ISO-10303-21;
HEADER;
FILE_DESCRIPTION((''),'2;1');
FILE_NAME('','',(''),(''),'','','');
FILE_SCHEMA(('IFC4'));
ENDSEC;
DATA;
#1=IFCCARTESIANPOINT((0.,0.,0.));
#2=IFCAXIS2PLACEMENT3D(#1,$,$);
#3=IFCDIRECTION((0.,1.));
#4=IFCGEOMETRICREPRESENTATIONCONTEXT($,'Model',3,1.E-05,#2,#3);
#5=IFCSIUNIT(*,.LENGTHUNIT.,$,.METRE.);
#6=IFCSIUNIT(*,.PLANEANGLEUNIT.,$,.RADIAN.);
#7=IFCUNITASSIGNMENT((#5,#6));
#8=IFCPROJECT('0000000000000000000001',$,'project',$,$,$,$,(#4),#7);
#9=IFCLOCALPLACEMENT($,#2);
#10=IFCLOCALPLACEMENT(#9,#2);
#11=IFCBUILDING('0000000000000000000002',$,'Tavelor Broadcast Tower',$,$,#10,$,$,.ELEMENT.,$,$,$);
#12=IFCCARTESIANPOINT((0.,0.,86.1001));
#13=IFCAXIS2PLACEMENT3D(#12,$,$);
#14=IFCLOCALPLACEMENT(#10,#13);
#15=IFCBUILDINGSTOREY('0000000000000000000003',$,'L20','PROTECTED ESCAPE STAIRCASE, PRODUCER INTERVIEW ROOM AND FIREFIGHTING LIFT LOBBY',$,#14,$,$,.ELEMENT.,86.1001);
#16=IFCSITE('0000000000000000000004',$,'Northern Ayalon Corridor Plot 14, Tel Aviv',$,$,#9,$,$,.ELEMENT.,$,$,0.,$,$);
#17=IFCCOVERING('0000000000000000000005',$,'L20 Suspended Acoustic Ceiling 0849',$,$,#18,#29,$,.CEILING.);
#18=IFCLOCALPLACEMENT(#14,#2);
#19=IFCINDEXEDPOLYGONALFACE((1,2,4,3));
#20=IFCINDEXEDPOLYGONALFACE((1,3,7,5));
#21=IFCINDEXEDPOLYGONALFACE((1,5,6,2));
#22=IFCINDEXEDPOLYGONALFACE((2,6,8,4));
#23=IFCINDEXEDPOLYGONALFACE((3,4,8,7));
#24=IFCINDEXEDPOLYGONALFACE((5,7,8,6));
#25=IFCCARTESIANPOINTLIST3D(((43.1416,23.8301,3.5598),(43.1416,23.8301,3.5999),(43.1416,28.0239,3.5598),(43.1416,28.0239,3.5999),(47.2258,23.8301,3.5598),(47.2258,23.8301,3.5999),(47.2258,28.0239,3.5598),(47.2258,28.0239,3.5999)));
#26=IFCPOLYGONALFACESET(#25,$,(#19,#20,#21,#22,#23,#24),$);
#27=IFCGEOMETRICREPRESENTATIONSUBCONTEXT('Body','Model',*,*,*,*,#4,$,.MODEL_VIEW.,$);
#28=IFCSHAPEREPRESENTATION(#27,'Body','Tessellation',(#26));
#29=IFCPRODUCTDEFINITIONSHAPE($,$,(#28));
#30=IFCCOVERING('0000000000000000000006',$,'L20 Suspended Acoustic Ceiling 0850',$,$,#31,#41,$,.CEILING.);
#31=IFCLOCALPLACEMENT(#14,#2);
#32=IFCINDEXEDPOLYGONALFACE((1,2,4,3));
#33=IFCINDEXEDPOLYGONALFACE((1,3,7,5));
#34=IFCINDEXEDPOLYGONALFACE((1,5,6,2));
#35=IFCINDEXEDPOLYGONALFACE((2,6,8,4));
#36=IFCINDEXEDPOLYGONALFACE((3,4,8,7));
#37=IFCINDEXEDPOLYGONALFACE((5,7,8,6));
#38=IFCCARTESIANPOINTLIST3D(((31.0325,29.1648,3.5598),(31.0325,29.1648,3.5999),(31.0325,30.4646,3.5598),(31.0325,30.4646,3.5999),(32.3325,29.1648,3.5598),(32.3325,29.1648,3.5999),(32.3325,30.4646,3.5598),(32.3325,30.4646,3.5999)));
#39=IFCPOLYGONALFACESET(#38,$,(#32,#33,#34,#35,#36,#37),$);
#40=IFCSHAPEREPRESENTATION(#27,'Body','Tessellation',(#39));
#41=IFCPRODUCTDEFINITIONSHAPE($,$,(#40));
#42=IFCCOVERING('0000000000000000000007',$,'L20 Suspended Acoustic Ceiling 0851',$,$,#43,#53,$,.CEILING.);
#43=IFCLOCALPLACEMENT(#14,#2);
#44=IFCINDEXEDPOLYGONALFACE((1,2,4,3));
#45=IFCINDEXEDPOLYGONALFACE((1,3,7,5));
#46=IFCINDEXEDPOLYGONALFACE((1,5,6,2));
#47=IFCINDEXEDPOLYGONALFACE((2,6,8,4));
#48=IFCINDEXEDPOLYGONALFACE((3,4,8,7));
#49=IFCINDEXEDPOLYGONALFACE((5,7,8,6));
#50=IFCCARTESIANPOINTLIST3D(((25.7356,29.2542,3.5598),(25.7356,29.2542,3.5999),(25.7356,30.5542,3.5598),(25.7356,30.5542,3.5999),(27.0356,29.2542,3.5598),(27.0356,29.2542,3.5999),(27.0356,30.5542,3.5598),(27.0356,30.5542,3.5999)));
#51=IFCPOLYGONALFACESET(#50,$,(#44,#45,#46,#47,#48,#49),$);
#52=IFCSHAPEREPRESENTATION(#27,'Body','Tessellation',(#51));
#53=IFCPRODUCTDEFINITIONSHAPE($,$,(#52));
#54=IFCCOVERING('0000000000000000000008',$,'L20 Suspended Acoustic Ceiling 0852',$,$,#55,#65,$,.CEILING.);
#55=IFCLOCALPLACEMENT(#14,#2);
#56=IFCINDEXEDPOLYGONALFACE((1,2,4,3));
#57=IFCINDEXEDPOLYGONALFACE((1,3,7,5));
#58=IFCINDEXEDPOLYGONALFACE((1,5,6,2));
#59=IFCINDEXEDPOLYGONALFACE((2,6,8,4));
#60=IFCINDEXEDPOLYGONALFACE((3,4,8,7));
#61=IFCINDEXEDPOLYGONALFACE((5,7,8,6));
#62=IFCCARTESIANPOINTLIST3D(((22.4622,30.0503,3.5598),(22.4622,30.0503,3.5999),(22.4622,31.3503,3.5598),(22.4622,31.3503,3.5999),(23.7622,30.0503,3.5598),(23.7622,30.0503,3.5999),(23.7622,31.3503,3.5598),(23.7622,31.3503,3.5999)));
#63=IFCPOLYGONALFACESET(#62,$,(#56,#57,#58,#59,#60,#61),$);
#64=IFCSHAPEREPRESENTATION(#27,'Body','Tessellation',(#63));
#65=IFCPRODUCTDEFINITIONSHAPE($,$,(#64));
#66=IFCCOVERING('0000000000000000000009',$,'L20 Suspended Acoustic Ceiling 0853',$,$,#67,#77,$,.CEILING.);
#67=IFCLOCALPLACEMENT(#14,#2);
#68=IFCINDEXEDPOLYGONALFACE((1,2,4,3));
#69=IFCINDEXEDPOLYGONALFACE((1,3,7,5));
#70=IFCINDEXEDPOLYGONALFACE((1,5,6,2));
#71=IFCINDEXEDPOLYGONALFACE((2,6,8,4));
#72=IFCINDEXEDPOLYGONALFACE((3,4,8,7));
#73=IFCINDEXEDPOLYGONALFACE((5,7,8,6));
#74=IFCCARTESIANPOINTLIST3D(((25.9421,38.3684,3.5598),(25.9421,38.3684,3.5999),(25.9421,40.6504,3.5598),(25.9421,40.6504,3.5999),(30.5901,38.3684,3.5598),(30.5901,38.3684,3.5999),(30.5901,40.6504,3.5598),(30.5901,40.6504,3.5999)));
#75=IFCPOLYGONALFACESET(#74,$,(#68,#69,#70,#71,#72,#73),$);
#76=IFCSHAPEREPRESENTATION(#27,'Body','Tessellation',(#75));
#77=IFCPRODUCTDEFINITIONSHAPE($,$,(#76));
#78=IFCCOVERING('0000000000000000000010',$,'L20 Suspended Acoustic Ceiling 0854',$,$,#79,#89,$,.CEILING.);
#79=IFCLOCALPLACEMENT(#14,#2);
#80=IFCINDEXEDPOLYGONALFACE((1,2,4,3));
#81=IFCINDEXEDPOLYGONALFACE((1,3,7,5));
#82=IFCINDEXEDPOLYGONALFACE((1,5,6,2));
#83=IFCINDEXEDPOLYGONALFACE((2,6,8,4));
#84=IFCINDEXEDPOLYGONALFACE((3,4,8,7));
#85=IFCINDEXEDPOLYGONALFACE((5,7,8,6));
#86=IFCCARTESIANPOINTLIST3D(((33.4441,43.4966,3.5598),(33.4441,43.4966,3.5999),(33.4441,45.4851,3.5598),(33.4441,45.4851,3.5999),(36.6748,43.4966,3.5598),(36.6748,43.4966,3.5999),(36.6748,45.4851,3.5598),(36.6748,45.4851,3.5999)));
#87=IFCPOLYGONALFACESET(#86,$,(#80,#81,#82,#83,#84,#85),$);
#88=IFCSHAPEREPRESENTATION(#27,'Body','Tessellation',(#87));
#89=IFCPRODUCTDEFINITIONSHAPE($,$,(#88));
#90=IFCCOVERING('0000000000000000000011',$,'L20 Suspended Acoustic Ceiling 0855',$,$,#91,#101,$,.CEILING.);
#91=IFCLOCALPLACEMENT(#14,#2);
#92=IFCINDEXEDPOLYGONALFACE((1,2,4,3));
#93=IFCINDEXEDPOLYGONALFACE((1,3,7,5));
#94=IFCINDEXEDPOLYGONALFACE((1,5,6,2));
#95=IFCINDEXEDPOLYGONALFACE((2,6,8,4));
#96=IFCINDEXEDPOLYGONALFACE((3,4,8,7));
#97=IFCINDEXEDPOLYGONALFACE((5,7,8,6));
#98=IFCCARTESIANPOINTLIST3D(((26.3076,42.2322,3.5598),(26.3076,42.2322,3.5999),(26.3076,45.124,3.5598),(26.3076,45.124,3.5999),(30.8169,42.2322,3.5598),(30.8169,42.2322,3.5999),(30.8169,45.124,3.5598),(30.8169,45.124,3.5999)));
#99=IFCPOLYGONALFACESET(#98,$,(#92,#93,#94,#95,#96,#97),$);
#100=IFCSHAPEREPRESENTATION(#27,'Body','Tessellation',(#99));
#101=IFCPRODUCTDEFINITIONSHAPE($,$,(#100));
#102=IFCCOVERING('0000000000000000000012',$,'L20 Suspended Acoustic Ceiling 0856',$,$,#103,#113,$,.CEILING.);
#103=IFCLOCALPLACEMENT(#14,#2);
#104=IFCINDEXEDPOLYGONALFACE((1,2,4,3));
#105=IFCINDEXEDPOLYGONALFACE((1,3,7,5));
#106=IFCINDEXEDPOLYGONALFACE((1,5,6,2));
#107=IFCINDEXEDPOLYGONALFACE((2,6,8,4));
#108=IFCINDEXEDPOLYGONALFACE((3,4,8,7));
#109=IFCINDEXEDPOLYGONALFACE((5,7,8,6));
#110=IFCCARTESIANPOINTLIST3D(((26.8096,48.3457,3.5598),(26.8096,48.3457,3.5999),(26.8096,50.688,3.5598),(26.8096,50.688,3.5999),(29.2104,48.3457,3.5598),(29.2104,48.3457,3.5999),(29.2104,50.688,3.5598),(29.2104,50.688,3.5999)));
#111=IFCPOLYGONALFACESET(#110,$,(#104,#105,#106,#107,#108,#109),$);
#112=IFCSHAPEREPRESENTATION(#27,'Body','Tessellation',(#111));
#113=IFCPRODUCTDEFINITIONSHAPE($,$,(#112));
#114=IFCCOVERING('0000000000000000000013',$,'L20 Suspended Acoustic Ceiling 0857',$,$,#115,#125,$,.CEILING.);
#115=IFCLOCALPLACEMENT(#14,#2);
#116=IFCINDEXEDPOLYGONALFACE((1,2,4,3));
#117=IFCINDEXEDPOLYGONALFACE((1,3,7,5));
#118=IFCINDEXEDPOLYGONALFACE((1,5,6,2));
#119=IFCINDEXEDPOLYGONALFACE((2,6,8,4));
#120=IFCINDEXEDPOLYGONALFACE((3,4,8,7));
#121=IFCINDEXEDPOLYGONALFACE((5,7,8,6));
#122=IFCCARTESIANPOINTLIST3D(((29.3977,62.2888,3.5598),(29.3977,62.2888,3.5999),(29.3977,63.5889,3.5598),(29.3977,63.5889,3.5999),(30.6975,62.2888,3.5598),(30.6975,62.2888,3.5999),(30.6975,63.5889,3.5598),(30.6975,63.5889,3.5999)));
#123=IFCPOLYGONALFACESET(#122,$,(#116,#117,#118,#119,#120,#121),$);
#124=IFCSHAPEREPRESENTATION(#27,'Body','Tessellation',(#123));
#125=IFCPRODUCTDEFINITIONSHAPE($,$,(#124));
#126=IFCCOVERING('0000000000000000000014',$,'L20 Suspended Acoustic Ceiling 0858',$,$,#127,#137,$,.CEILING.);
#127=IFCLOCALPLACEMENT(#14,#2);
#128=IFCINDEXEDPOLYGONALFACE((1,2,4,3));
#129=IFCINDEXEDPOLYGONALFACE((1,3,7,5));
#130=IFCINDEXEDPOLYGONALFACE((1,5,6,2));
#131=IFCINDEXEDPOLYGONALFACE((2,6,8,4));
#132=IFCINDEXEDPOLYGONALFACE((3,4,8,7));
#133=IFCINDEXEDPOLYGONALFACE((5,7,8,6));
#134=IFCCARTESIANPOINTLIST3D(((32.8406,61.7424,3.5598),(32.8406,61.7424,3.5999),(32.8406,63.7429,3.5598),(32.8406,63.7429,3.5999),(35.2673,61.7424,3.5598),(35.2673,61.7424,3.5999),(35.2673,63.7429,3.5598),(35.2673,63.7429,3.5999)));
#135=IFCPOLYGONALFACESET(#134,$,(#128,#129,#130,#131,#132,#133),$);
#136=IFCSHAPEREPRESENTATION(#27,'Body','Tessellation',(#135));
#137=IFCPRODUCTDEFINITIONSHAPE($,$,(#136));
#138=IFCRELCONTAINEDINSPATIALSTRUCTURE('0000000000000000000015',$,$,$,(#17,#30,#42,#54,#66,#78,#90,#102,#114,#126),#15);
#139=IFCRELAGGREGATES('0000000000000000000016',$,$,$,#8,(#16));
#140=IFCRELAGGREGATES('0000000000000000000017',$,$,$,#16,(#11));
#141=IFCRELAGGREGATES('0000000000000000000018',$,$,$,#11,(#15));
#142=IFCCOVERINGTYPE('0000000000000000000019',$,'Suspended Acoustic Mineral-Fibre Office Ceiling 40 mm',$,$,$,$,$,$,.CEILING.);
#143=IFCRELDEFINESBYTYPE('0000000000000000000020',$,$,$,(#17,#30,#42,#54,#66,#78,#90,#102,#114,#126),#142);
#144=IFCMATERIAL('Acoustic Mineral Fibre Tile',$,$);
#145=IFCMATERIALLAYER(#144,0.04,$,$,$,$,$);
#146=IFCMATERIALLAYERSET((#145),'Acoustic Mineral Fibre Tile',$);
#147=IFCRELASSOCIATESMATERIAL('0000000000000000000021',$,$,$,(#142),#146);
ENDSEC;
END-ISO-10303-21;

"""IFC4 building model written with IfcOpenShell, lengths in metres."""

from ifc_helpers import new_model, si_unit, direction, frame, origin, place, context, subcontext, project, spatial, polyline, outline, extrude, material, layer, layer_set, type_object, element, save


model = new_model("IFC4")

# Units and contexts
model_context = context("Model", 3, precision=1e-05, world=origin(), true_north=direction((0.0, 1.0)))
body_context = subcontext(model_context, "Body", "Model", "MODEL_VIEW")
ifc_project = project(units=[si_unit("LENGTHUNIT", "METRE"), si_unit("PLANEANGLEUNIT", "RADIAN")], contexts=[model_context])

# Site, building, storey
site_placement = place(None, origin())
site = spatial("IfcSite", under=ifc_project, at=site_placement, Name="Northern Ayalon Corridor Plot 14, Tel Aviv", CompositionType="ELEMENT", RefElevation=0.0)
building_placement = place(site_placement, origin())
building = spatial("IfcBuilding", under=site, at=building_placement, Name="Tavelor Broadcast Tower", CompositionType="ELEMENT")
storey_placement = place(building_placement, frame((0.0, 0.0, 86.1001)))
storey = spatial("IfcBuildingStorey", under=building, at=storey_placement, Name="L20", Description="PROTECTED ESCAPE STAIRCASE, PRODUCER INTERVIEW ROOM AND FIREFIGHTING LIFT LOBBY", CompositionType="ELEMENT", Elevation=86.1001)

# Coverings
ifc_material_1 = material(Name="Acoustic Mineral Fibre Tile")
ifc_layer_1 = layer(ifc_material_1, 0.04)
ifc_layer_set_1 = layer_set([ifc_layer_1], Name="Acoustic Mineral Fibre Tile")
covering_type_1 = type_object("IfcCoveringType", Name="Suspended Acoustic Mineral-Fibre Office Ceiling 40 mm", PredefinedType="CEILING", material=ifc_layer_set_1)
covering_1_placement = place(storey_placement, frame((0.0, 0.0, 3.5598)))
element("IfcCovering", 1, at=covering_1_placement, inside=storey, type_object=covering_type_1, Name="L20 Suspended Acoustic Ceiling 0849", PredefinedType="CEILING", context=body_context, shape_type="SweptSolid", body=[
    extrude(outline(polyline([(43.1416, 23.8301), (47.2258, 23.8301), (47.2258, 28.0239), (43.1416, 28.0239), (43.1416, 23.8301)])), origin(), (0.0, 0.0, 1.0), 0.04),
])
covering_2_placement = place(storey_placement, frame((0.0, 0.0, 3.5598)))
element("IfcCovering", 2, at=covering_2_placement, inside=storey, type_object=covering_type_1, Name="L20 Suspended Acoustic Ceiling 0850", PredefinedType="CEILING", context=body_context, shape_type="SweptSolid", body=[
    extrude(outline(polyline([(31.0325, 29.1648), (32.3325, 29.1648), (32.3325, 30.4646), (31.0325, 30.4646), (31.0325, 29.1648)])), origin(), (0.0, 0.0, 1.0), 0.04),
])
covering_3_placement = place(storey_placement, frame((0.0, 0.0, 3.5598)))
element("IfcCovering", 3, at=covering_3_placement, inside=storey, type_object=covering_type_1, Name="L20 Suspended Acoustic Ceiling 0851", PredefinedType="CEILING", context=body_context, shape_type="SweptSolid", body=[
    extrude(outline(polyline([(25.7356, 29.2542), (27.0356, 29.2542), (27.0356, 30.5542), (25.7356, 30.5542), (25.7356, 29.2542)])), origin(), (0.0, 0.0, 1.0), 0.04),
])
covering_4_placement = place(storey_placement, frame((0.0, 0.0, 3.5598)))
element("IfcCovering", 4, at=covering_4_placement, inside=storey, type_object=covering_type_1, Name="L20 Suspended Acoustic Ceiling 0852", PredefinedType="CEILING", context=body_context, shape_type="SweptSolid", body=[
    extrude(outline(polyline([(22.4622, 30.0503), (23.7622, 30.0503), (23.7622, 31.3503), (22.4622, 31.3503), (22.4622, 30.0503)])), origin(), (0.0, 0.0, 1.0), 0.04),
])
covering_5_placement = place(storey_placement, frame((0.0, 0.0, 3.5598)))
element("IfcCovering", 5, at=covering_5_placement, inside=storey, type_object=covering_type_1, Name="L20 Suspended Acoustic Ceiling 0853", PredefinedType="CEILING", context=body_context, shape_type="SweptSolid", body=[
    extrude(outline(polyline([(25.9421, 38.3684), (30.5901, 38.3684), (30.5901, 40.6504), (25.9421, 40.6504), (25.9421, 38.3684)])), origin(), (0.0, 0.0, 1.0), 0.04),
])
covering_6_placement = place(storey_placement, frame((0.0, 0.0, 3.5598)))
element("IfcCovering", 6, at=covering_6_placement, inside=storey, type_object=covering_type_1, Name="L20 Suspended Acoustic Ceiling 0854", PredefinedType="CEILING", context=body_context, shape_type="SweptSolid", body=[
    extrude(outline(polyline([(33.4441, 43.4966), (36.6748, 43.4966), (36.6748, 45.4851), (33.4441, 45.4851), (33.4441, 43.4966)])), origin(), (0.0, 0.0, 1.0), 0.04),
])
covering_7_placement = place(storey_placement, frame((0.0, 0.0, 3.5598)))
element("IfcCovering", 7, at=covering_7_placement, inside=storey, type_object=covering_type_1, Name="L20 Suspended Acoustic Ceiling 0855", PredefinedType="CEILING", context=body_context, shape_type="SweptSolid", body=[
    extrude(outline(polyline([(26.3076, 42.2322), (30.8169, 42.2322), (30.8169, 45.124), (26.3076, 45.124), (26.3076, 42.2322)])), origin(), (0.0, 0.0, 1.0), 0.04),
])
covering_8_placement = place(storey_placement, frame((0.0, 0.0, 3.5598)))
element("IfcCovering", 8, at=covering_8_placement, inside=storey, type_object=covering_type_1, Name="L20 Suspended Acoustic Ceiling 0856", PredefinedType="CEILING", context=body_context, shape_type="SweptSolid", body=[
    extrude(outline(polyline([(26.8096, 48.3457), (29.2104, 48.3457), (29.2104, 50.688), (26.8096, 50.688), (26.8096, 48.3457)])), origin(), (0.0, 0.0, 1.0), 0.04),
])
covering_9_placement = place(storey_placement, frame((0.0, 0.0, 3.5598)))
element("IfcCovering", 9, at=covering_9_placement, inside=storey, type_object=covering_type_1, Name="L20 Suspended Acoustic Ceiling 0857", PredefinedType="CEILING", context=body_context, shape_type="SweptSolid", body=[
    extrude(outline(polyline([(29.3977, 62.2888), (30.6975, 62.2888), (30.6975, 63.5889), (29.3977, 63.5889), (29.3977, 62.2888)])), origin(), (0.0, 0.0, 1.0), 0.04),
])
covering_10_placement = place(storey_placement, frame((0.0, 0.0, 3.5598)))
element("IfcCovering", 10, at=covering_10_placement, inside=storey, type_object=covering_type_1, Name="L20 Suspended Acoustic Ceiling 0858", PredefinedType="CEILING", context=body_context, shape_type="SweptSolid", body=[
    extrude(outline(polyline([(32.8406, 61.7424), (35.2673, 61.7424), (35.2673, 63.7429), (32.8406, 63.7429), (32.8406, 61.7424)])), origin(), (0.0, 0.0, 1.0), 0.04),
])

save(model, "model.ifc")
